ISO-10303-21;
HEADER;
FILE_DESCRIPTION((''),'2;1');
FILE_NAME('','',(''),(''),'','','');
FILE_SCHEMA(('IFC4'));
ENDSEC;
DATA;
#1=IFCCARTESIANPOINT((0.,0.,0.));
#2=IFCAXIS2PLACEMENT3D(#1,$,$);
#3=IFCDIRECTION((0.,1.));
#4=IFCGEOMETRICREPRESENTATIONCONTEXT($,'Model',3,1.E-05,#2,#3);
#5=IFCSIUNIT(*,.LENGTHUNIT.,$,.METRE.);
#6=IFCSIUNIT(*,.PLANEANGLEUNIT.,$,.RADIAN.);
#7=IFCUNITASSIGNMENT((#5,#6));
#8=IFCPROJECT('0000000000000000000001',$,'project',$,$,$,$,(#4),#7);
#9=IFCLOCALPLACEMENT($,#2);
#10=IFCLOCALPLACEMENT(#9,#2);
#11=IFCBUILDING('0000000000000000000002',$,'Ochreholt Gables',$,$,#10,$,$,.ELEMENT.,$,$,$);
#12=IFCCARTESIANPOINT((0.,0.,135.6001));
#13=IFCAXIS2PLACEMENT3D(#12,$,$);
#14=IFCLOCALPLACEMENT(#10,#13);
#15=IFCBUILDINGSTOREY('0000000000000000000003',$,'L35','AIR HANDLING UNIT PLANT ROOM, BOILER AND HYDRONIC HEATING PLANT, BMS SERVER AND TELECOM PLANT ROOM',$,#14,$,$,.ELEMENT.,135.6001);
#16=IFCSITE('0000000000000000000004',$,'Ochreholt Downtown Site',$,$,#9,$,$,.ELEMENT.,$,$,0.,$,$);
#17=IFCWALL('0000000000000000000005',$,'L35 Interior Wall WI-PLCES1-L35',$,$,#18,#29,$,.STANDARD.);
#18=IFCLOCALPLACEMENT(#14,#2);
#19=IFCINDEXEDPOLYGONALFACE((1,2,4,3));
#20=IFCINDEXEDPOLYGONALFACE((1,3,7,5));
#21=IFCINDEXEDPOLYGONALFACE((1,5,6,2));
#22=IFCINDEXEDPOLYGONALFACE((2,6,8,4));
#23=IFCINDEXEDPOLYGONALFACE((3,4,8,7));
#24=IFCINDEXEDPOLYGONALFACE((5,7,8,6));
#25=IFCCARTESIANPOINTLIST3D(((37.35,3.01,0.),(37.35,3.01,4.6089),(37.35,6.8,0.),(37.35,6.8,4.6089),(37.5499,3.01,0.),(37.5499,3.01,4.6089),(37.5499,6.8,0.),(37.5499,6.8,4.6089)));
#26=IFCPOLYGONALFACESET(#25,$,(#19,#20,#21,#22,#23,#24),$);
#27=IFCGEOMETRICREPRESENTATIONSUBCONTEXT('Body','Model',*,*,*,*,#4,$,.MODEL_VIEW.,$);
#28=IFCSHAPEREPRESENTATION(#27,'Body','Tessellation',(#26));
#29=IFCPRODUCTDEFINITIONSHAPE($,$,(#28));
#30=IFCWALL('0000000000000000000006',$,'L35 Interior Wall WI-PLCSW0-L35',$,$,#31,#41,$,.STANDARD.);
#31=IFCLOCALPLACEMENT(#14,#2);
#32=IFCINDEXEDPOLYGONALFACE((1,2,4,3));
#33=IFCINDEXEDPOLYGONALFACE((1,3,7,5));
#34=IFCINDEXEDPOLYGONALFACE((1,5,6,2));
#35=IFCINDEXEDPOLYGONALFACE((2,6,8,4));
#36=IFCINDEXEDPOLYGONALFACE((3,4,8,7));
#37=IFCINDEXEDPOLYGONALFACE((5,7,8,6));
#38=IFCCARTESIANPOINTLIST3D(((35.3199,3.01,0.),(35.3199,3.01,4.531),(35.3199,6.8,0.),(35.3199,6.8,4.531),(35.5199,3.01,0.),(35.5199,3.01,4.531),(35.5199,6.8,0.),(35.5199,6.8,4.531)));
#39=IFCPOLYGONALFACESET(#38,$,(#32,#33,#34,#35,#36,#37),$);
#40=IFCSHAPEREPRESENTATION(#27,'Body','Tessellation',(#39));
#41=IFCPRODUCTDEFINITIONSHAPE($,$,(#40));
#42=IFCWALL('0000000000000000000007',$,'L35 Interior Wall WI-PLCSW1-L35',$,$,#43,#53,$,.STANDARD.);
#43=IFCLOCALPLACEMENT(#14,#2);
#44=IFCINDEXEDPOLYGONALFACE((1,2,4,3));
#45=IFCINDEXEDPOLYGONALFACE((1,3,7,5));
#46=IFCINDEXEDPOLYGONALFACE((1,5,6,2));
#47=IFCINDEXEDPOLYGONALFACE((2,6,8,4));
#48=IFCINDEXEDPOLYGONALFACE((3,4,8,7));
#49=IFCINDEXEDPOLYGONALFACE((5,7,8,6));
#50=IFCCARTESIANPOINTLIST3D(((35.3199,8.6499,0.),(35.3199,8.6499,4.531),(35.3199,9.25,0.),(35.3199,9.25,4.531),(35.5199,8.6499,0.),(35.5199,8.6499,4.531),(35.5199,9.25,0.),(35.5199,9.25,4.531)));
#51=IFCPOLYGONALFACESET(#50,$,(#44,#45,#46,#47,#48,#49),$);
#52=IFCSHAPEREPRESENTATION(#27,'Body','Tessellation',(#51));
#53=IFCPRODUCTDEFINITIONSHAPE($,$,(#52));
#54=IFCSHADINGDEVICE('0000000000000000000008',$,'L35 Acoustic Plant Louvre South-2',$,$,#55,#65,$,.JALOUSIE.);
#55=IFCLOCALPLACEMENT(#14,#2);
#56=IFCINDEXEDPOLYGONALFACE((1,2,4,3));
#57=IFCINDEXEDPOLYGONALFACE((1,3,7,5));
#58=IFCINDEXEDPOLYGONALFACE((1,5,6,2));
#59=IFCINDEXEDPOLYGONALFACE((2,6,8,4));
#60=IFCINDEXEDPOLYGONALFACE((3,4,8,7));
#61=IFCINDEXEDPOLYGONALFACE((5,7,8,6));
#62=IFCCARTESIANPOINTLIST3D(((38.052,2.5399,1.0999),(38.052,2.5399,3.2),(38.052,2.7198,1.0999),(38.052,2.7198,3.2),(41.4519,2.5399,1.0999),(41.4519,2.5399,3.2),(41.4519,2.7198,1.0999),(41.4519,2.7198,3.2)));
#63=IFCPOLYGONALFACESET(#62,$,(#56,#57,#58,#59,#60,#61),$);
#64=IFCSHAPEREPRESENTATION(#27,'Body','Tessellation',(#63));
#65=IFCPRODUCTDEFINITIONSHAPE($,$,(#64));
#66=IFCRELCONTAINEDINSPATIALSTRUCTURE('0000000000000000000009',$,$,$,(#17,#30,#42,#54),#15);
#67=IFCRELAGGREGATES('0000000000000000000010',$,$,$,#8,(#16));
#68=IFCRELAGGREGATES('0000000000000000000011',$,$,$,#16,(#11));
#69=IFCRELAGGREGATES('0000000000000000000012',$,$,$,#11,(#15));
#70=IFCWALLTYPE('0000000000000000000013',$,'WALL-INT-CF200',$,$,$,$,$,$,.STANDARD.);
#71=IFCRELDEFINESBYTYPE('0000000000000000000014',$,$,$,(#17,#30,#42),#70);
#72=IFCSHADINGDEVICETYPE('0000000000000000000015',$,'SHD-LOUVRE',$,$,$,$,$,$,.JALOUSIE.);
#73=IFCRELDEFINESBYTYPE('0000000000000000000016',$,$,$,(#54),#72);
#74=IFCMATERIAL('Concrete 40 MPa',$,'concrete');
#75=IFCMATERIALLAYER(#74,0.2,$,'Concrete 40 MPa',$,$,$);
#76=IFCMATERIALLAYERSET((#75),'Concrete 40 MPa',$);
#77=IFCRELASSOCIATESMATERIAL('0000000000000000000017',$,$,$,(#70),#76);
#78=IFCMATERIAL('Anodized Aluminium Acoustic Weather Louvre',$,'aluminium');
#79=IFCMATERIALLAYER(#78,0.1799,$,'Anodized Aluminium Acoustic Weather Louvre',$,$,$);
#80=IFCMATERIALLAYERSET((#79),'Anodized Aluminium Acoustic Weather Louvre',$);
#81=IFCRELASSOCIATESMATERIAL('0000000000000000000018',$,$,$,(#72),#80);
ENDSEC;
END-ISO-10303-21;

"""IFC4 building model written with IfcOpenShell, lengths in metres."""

from ifc_helpers import new_model, si_unit, direction, frame, frame_2d, origin, origin_2d, place, context, subcontext, project, spatial, rectangle, extrude, material, layer, layer_set, type_object, element, save


model = new_model("IFC4")

# Units and contexts
model_context = context("Model", 3, precision=1e-05, world=origin(), true_north=direction((0.0, 1.0)))
body_context = subcontext(model_context, "Body", "Model", "MODEL_VIEW")
ifc_project = project(units=[si_unit("LENGTHUNIT", "METRE"), si_unit("PLANEANGLEUNIT", "RADIAN")], contexts=[model_context])

# Site, building, storey
site_placement = place(None, origin())
site = spatial("IfcSite", under=ifc_project, at=site_placement, Name="Ochreholt Downtown Site", CompositionType="ELEMENT", RefElevation=0.0)
building_placement = place(site_placement, origin())
building = spatial("IfcBuilding", under=site, at=building_placement, Name="Ochreholt Gables", CompositionType="ELEMENT")
storey_placement = place(building_placement, frame((0.0, 0.0, 135.6001)))
storey = spatial("IfcBuildingStorey", under=building, at=storey_placement, Name="L35", Description="AIR HANDLING UNIT PLANT ROOM, BOILER AND HYDRONIC HEATING PLANT, BMS SERVER AND TELECOM PLANT ROOM", CompositionType="ELEMENT", Elevation=135.6001)

# Shared definitions
ifc_material_1 = material(Name="Concrete 40 MPa", Category="concrete")
ifc_layer_1 = layer(ifc_material_1, 0.2, Name="Concrete 40 MPa")
ifc_layer_set_1 = layer_set([ifc_layer_1], Name="Concrete 40 MPa")
wall_type = type_object("IfcWallType", Name="WALL-INT-CF200", PredefinedType="STANDARD", material=ifc_layer_set_1)

# Walls
wall_1_placement = place(storey_placement, frame((37.45, 3.01, 0.0), z_axis=(0.0, 0.0, 1.0), x_axis=(0.0, 1.0, 0.0)))
element("IfcWall", 1, at=wall_1_placement, inside=storey, type_object=wall_type, Name="L35 Interior Wall WI-PLCES1-L35", PredefinedType="STANDARD", context=body_context, shape_type="SweptSolid", body=[
    extrude(rectangle(XDim=3.79, YDim=0.2, at=frame_2d((1.895, 0.0))), origin(), (0.0, 0.0, 1.0), 4.6089),
])
wall_2_placement = place(storey_placement, frame((35.4199, 3.01, 0.0), z_axis=(0.0, 0.0, 1.0), x_axis=(0.0, 1.0, 0.0)))
element("IfcWall", 2, at=wall_2_placement, inside=storey, type_object=wall_type, Name="L35 Interior Wall WI-PLCSW0-L35", PredefinedType="STANDARD", context=body_context, shape_type="SweptSolid", body=[
    extrude(rectangle(XDim=3.79, YDim=0.2, at=frame_2d((1.895, 0.0))), origin(), (0.0, 0.0, 1.0), 4.531),
])
wall_3_placement = place(storey_placement, frame((35.4199, 8.6499, 0.0), z_axis=(0.0, 0.0, 1.0), x_axis=(0.0, 1.0, 0.0)))
element("IfcWall", 3, at=wall_3_placement, inside=storey, type_object=wall_type, Name="L35 Interior Wall WI-PLCSW1-L35", PredefinedType="STANDARD", context=body_context, shape_type="SweptSolid", body=[
    extrude(rectangle(XDim=0.6001, YDim=0.2, at=frame_2d((0.3, 0.0))), origin(), (0.0, 0.0, 1.0), 4.531),
])

# Shading device
ifc_material_2 = material(Name="Anodized Aluminium Acoustic Weather Louvre", Category="aluminium")
ifc_layer_2 = layer(ifc_material_2, 0.1799, Name="Anodized Aluminium Acoustic Weather Louvre")
ifc_layer_set_2 = layer_set([ifc_layer_2], Name="Anodized Aluminium Acoustic Weather Louvre")
shading_device_type = type_object("IfcShadingDeviceType", Name="SHD-LOUVRE", PredefinedType="JALOUSIE", material=ifc_layer_set_2)
shading_device_placement = place(storey_placement, frame((39.752, 2.6299, 1.0999), z_axis=(0.0, 0.0, 1.0), x_axis=(1.0, 0.0, 0.0)))
element("IfcShadingDevice", 4, at=shading_device_placement, inside=storey, type_object=shading_device_type, Name="L35 Acoustic Plant Louvre South-2", PredefinedType="JALOUSIE", context=body_context, shape_type="SweptSolid", body=[
    extrude(rectangle(XDim=3.3999, YDim=0.1799, at=origin_2d()), origin(), (0.0, 0.0, 1.0), 2.1001),
])

save(model, "model.ifc")
